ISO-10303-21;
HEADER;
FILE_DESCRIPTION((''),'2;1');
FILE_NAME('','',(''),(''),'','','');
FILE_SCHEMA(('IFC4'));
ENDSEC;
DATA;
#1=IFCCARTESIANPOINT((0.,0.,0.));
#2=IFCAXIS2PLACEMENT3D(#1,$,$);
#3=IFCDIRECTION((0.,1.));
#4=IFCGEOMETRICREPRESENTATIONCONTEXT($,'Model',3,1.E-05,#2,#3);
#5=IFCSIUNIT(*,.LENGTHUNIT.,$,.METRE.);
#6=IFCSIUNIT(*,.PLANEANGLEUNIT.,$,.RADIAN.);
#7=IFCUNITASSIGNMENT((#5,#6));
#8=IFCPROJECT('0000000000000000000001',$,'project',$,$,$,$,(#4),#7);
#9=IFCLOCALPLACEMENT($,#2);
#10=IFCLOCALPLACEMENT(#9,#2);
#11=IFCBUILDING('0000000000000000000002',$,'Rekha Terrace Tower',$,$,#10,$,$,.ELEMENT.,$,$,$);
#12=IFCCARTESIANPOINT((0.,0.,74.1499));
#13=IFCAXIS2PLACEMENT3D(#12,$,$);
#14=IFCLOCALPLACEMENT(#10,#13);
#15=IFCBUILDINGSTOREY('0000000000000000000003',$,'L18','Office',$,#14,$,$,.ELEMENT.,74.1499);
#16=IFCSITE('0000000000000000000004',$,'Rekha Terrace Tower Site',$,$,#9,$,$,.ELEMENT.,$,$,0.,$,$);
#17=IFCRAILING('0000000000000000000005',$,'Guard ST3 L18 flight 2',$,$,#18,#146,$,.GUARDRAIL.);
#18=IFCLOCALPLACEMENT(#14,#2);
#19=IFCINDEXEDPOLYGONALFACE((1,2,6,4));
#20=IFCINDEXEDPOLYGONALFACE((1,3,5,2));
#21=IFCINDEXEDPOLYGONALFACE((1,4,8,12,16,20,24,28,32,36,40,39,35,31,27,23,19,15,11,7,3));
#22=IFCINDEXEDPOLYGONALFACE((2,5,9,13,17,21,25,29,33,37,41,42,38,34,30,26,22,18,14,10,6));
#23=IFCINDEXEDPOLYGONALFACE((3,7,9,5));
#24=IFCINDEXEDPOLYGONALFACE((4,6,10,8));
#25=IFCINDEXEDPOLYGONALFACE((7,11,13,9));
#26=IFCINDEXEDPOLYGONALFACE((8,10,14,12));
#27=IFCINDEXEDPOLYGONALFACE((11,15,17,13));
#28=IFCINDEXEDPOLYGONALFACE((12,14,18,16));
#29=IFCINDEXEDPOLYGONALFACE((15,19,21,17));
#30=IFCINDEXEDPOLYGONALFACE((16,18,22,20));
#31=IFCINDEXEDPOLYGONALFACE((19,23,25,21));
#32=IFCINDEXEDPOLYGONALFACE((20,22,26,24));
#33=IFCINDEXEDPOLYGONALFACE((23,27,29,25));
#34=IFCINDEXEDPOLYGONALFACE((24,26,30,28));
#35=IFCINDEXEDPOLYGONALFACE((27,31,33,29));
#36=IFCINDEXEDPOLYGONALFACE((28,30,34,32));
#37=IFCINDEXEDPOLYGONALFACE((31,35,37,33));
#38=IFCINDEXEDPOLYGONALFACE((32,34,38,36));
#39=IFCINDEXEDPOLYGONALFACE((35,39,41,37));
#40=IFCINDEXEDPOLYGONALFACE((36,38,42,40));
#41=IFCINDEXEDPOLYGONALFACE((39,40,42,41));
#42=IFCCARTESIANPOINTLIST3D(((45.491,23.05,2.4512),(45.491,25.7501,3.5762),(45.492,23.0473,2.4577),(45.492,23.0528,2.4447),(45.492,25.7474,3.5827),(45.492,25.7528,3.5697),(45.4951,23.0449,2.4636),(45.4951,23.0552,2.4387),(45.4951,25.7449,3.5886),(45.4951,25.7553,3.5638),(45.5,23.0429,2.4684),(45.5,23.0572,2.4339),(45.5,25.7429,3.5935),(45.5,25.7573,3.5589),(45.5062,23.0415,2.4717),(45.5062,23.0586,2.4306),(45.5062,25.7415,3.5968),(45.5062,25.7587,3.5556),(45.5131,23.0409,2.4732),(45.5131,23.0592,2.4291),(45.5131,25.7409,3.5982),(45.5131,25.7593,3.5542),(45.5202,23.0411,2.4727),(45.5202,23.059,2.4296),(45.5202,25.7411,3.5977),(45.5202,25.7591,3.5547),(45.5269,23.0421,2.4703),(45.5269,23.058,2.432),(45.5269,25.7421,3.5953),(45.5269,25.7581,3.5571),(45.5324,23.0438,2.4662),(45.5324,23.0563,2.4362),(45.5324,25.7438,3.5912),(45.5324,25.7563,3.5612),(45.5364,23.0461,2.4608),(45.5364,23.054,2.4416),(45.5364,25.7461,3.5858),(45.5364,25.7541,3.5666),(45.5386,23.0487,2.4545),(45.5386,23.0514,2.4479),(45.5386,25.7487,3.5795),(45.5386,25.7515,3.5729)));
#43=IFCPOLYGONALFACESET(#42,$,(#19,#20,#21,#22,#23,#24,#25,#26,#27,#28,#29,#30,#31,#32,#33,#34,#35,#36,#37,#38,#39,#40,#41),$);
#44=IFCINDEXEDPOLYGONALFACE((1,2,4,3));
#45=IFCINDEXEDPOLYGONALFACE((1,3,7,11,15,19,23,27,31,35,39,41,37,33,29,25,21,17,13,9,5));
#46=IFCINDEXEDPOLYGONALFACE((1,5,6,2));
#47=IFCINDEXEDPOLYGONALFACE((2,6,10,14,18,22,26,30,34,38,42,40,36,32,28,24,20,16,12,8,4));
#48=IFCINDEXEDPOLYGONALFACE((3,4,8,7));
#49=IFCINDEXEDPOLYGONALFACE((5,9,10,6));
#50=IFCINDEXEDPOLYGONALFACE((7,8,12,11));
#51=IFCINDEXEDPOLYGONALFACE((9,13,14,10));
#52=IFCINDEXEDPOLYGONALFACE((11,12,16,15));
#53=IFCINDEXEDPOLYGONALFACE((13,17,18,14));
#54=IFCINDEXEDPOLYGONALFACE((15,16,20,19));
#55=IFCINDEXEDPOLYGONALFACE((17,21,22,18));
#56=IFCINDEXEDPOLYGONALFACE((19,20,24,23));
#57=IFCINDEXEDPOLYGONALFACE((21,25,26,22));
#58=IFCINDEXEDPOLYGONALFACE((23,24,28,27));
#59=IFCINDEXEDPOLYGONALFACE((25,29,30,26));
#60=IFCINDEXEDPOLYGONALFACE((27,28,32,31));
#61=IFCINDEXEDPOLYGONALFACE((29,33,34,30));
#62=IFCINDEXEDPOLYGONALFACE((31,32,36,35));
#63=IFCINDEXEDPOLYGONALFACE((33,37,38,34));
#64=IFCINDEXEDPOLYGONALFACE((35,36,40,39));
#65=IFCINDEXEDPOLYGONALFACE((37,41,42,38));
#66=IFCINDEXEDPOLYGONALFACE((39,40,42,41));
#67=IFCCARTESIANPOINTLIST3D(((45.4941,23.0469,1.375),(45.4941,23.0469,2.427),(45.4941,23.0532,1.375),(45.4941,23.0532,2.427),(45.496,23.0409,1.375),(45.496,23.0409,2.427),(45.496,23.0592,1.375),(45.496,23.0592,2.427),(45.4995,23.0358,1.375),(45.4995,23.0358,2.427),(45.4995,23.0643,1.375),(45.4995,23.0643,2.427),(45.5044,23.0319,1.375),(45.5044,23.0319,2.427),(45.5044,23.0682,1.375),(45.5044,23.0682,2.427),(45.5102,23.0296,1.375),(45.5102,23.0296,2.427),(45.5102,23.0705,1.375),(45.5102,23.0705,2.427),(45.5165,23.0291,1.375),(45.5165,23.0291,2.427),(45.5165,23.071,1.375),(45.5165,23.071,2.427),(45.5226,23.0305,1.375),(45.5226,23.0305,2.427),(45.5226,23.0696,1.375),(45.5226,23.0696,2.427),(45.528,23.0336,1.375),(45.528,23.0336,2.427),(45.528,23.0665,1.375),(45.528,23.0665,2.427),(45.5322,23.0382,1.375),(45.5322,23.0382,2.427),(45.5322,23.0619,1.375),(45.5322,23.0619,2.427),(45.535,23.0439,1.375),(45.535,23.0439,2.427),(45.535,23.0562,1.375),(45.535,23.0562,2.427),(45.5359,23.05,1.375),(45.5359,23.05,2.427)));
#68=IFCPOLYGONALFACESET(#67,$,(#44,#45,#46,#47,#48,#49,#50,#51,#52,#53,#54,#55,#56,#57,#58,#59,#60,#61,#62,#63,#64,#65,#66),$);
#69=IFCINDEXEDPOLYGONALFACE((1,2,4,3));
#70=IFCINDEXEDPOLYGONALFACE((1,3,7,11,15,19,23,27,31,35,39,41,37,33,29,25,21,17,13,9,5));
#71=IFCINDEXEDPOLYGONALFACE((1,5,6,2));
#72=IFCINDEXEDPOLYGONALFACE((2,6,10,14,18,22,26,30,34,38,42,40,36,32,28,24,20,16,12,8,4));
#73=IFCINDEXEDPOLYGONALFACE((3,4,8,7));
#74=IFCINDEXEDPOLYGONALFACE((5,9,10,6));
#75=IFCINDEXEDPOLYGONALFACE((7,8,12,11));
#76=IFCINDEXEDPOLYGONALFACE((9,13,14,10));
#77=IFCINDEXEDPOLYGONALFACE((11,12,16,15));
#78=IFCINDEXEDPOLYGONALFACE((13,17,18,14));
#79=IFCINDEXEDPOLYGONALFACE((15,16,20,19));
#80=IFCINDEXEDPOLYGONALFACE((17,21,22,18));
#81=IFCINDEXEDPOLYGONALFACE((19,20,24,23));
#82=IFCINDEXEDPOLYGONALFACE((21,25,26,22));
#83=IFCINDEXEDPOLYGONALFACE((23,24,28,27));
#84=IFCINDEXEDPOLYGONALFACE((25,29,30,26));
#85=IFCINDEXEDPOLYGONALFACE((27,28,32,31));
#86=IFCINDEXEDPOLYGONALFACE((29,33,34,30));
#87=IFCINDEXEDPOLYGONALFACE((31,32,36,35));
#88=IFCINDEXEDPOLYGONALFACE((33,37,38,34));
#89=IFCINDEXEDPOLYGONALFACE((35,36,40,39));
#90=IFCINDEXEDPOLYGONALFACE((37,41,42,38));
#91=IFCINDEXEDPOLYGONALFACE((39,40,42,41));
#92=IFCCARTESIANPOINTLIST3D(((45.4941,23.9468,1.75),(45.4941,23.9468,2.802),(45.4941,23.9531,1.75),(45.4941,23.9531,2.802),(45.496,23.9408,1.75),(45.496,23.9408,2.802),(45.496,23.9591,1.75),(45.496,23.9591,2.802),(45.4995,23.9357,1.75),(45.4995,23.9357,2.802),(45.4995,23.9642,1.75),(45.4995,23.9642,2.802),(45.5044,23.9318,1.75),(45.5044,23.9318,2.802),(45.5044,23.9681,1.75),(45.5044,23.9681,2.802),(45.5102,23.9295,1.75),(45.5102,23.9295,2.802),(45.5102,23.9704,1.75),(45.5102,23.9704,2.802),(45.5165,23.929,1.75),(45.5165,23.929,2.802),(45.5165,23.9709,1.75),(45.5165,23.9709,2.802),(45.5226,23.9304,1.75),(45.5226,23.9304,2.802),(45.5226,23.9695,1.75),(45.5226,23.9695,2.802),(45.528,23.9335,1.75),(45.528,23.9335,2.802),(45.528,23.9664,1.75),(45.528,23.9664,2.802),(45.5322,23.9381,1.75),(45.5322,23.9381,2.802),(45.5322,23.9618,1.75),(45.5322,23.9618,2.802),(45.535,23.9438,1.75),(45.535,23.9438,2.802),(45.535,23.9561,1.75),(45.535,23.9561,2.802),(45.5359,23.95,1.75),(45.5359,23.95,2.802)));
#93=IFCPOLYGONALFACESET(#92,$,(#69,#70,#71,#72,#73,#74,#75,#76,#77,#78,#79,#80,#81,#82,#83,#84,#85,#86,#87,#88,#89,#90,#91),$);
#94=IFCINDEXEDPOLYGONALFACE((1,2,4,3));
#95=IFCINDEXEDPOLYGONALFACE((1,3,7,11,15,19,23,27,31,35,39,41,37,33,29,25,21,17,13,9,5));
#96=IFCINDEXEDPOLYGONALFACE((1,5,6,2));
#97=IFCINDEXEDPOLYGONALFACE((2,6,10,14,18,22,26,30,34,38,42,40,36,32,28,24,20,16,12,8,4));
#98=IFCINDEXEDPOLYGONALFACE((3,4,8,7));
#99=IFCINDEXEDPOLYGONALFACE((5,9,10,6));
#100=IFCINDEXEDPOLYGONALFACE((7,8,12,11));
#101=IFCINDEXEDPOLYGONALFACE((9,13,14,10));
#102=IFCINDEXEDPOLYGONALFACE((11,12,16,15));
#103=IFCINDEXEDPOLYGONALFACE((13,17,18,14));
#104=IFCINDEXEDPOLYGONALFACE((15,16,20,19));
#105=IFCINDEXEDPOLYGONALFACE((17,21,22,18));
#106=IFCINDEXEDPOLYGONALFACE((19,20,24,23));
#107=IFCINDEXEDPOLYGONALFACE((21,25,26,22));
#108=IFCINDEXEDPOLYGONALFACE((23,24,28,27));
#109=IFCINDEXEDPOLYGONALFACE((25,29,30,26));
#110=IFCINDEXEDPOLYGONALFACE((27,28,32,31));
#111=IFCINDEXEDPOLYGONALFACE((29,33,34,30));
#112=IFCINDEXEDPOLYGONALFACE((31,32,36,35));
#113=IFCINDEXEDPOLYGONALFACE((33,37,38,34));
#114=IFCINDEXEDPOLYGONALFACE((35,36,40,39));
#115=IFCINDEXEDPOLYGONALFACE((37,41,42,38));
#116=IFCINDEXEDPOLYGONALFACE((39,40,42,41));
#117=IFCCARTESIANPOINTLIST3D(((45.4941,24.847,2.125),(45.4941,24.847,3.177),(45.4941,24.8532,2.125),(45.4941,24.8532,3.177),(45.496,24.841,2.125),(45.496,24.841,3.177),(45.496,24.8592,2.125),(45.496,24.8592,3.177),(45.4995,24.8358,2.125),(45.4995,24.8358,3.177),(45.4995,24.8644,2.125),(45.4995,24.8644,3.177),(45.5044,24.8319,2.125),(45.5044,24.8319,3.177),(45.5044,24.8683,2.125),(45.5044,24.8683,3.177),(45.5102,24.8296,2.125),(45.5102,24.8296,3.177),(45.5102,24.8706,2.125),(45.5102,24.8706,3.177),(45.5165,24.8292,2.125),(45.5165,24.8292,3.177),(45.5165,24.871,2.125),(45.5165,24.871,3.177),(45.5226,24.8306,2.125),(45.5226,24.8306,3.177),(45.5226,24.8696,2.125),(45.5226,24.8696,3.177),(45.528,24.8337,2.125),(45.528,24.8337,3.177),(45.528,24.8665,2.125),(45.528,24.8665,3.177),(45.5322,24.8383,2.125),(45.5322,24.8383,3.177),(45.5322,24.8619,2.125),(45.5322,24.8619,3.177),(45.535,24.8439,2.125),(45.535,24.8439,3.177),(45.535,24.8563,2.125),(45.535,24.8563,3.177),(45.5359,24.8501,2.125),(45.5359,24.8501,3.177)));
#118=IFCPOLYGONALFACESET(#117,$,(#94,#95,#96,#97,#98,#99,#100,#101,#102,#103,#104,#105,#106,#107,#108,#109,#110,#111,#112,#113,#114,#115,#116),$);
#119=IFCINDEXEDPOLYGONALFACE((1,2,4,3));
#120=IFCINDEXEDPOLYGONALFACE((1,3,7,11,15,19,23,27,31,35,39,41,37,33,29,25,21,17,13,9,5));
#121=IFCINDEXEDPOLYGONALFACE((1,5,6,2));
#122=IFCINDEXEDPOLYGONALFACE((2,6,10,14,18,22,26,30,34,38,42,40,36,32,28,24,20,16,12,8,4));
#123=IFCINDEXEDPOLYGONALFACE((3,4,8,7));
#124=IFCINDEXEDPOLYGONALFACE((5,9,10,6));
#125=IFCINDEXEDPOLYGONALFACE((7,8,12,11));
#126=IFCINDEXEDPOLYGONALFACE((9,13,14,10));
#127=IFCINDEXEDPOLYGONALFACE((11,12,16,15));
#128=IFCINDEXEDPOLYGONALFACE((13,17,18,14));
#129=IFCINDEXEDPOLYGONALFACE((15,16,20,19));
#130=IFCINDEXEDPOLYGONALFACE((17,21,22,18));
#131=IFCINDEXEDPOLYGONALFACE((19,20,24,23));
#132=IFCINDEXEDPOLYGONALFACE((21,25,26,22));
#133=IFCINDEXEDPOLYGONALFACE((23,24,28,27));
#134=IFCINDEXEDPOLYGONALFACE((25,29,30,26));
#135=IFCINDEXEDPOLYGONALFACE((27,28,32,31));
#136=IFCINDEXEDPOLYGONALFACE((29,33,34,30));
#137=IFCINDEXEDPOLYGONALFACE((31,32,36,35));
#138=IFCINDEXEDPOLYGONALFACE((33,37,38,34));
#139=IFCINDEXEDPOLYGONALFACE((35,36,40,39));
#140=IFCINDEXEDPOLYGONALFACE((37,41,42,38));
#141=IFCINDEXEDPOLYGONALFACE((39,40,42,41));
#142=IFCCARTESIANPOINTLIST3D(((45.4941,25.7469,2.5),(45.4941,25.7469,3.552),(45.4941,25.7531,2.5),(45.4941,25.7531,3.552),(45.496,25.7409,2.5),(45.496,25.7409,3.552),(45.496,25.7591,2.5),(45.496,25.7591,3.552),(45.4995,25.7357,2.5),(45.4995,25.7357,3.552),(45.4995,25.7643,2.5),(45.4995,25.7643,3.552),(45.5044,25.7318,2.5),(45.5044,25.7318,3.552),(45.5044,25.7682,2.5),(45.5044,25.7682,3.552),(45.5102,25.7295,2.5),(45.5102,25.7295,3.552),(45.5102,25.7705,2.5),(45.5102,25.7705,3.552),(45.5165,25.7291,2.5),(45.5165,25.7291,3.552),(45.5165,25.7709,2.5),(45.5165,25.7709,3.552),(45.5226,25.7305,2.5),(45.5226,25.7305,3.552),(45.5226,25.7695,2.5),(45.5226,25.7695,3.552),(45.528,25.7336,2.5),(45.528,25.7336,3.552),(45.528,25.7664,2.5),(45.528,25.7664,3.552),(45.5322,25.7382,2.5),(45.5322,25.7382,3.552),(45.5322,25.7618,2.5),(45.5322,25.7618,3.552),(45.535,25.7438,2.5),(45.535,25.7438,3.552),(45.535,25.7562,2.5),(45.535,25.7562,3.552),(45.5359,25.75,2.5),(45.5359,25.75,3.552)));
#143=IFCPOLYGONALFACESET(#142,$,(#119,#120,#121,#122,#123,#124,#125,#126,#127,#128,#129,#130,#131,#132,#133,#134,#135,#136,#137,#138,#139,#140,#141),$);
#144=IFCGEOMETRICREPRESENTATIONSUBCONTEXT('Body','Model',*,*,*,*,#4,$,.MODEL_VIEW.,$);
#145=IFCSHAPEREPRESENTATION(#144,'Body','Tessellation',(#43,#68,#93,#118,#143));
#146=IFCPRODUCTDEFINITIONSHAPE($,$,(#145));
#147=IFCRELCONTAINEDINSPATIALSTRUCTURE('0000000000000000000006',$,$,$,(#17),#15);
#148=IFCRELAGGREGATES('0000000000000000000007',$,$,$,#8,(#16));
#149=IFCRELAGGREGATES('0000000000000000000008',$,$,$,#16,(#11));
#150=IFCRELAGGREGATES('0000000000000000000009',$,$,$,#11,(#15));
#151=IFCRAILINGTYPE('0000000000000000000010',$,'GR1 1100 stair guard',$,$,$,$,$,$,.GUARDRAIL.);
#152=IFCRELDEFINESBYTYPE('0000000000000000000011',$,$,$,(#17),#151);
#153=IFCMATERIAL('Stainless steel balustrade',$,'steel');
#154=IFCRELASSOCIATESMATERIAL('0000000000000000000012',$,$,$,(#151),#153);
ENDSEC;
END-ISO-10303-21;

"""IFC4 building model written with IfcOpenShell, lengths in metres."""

from ifc_helpers import new_model, si_unit, direction, frame, origin, origin_2d, place, context, subcontext, project, spatial, circle, extrude, material, type_object, element, save


model = new_model("IFC4")

# Units and contexts
model_context = context("Model", 3, precision=1e-05, world=origin(), true_north=direction((0.0, 1.0)))
body_context = subcontext(model_context, "Body", "Model", "MODEL_VIEW")
ifc_project = project(units=[si_unit("LENGTHUNIT", "METRE"), si_unit("PLANEANGLEUNIT", "RADIAN")], contexts=[model_context])

# Site, building, storey
site_placement = place(None, origin())
site = spatial("IfcSite", under=ifc_project, at=site_placement, Name="Rekha Terrace Tower Site", CompositionType="ELEMENT", RefElevation=0.0)
building_placement = place(site_placement, origin())
building = spatial("IfcBuilding", under=site, at=building_placement, Name="Rekha Terrace Tower", CompositionType="ELEMENT")
storey_placement = place(building_placement, frame((0.0, 0.0, 74.1499)))
storey = spatial("IfcBuildingStorey", under=building, at=storey_placement, Name="L18", Description="Office", CompositionType="ELEMENT", Elevation=74.1499)

# Railing
ifc_material_1 = material(Name="Stainless steel balustrade", Category="steel")
railing_type_1 = type_object("IfcRailingType", Name="GR1 1100 stair guard", PredefinedType="GUARDRAIL", material=ifc_material_1)
railing_1_placement = place(storey_placement, frame((45.5149, 23.05, 1.375)))
element("IfcRailing", 1, at=railing_1_placement, inside=storey, type_object=railing_type_1, Name="Guard ST3 L18 flight 2", PredefinedType="GUARDRAIL", context=body_context, shape_type="SweptSolid", body=[
    extrude(circle(Radius=0.0239, at=origin_2d()), frame((0.0, 0.0, 1.0762), z_axis=(0.0, 0.923074, 0.384621), x_axis=(-1.0, 0.0, 0.0)), (0.0, 0.0, 1.0), 2.925),
    extrude(circle(Radius=0.021, at=origin_2d()), origin(), (0.0, 0.0, 1.0), 1.052),
    extrude(circle(Radius=0.021, at=origin_2d()), frame((0.0, 0.8999, 0.375)), (0.0, 0.0, 1.0), 1.052),
    extrude(circle(Radius=0.021, at=origin_2d()), frame((0.0, 1.8, 0.75)), (0.0, 0.0, 1.0), 1.052),
    extrude(circle(Radius=0.021, at=origin_2d()), frame((0.0, 2.7, 1.125)), (0.0, 0.0, 1.0), 1.052),
])

save(model, "model.ifc")
